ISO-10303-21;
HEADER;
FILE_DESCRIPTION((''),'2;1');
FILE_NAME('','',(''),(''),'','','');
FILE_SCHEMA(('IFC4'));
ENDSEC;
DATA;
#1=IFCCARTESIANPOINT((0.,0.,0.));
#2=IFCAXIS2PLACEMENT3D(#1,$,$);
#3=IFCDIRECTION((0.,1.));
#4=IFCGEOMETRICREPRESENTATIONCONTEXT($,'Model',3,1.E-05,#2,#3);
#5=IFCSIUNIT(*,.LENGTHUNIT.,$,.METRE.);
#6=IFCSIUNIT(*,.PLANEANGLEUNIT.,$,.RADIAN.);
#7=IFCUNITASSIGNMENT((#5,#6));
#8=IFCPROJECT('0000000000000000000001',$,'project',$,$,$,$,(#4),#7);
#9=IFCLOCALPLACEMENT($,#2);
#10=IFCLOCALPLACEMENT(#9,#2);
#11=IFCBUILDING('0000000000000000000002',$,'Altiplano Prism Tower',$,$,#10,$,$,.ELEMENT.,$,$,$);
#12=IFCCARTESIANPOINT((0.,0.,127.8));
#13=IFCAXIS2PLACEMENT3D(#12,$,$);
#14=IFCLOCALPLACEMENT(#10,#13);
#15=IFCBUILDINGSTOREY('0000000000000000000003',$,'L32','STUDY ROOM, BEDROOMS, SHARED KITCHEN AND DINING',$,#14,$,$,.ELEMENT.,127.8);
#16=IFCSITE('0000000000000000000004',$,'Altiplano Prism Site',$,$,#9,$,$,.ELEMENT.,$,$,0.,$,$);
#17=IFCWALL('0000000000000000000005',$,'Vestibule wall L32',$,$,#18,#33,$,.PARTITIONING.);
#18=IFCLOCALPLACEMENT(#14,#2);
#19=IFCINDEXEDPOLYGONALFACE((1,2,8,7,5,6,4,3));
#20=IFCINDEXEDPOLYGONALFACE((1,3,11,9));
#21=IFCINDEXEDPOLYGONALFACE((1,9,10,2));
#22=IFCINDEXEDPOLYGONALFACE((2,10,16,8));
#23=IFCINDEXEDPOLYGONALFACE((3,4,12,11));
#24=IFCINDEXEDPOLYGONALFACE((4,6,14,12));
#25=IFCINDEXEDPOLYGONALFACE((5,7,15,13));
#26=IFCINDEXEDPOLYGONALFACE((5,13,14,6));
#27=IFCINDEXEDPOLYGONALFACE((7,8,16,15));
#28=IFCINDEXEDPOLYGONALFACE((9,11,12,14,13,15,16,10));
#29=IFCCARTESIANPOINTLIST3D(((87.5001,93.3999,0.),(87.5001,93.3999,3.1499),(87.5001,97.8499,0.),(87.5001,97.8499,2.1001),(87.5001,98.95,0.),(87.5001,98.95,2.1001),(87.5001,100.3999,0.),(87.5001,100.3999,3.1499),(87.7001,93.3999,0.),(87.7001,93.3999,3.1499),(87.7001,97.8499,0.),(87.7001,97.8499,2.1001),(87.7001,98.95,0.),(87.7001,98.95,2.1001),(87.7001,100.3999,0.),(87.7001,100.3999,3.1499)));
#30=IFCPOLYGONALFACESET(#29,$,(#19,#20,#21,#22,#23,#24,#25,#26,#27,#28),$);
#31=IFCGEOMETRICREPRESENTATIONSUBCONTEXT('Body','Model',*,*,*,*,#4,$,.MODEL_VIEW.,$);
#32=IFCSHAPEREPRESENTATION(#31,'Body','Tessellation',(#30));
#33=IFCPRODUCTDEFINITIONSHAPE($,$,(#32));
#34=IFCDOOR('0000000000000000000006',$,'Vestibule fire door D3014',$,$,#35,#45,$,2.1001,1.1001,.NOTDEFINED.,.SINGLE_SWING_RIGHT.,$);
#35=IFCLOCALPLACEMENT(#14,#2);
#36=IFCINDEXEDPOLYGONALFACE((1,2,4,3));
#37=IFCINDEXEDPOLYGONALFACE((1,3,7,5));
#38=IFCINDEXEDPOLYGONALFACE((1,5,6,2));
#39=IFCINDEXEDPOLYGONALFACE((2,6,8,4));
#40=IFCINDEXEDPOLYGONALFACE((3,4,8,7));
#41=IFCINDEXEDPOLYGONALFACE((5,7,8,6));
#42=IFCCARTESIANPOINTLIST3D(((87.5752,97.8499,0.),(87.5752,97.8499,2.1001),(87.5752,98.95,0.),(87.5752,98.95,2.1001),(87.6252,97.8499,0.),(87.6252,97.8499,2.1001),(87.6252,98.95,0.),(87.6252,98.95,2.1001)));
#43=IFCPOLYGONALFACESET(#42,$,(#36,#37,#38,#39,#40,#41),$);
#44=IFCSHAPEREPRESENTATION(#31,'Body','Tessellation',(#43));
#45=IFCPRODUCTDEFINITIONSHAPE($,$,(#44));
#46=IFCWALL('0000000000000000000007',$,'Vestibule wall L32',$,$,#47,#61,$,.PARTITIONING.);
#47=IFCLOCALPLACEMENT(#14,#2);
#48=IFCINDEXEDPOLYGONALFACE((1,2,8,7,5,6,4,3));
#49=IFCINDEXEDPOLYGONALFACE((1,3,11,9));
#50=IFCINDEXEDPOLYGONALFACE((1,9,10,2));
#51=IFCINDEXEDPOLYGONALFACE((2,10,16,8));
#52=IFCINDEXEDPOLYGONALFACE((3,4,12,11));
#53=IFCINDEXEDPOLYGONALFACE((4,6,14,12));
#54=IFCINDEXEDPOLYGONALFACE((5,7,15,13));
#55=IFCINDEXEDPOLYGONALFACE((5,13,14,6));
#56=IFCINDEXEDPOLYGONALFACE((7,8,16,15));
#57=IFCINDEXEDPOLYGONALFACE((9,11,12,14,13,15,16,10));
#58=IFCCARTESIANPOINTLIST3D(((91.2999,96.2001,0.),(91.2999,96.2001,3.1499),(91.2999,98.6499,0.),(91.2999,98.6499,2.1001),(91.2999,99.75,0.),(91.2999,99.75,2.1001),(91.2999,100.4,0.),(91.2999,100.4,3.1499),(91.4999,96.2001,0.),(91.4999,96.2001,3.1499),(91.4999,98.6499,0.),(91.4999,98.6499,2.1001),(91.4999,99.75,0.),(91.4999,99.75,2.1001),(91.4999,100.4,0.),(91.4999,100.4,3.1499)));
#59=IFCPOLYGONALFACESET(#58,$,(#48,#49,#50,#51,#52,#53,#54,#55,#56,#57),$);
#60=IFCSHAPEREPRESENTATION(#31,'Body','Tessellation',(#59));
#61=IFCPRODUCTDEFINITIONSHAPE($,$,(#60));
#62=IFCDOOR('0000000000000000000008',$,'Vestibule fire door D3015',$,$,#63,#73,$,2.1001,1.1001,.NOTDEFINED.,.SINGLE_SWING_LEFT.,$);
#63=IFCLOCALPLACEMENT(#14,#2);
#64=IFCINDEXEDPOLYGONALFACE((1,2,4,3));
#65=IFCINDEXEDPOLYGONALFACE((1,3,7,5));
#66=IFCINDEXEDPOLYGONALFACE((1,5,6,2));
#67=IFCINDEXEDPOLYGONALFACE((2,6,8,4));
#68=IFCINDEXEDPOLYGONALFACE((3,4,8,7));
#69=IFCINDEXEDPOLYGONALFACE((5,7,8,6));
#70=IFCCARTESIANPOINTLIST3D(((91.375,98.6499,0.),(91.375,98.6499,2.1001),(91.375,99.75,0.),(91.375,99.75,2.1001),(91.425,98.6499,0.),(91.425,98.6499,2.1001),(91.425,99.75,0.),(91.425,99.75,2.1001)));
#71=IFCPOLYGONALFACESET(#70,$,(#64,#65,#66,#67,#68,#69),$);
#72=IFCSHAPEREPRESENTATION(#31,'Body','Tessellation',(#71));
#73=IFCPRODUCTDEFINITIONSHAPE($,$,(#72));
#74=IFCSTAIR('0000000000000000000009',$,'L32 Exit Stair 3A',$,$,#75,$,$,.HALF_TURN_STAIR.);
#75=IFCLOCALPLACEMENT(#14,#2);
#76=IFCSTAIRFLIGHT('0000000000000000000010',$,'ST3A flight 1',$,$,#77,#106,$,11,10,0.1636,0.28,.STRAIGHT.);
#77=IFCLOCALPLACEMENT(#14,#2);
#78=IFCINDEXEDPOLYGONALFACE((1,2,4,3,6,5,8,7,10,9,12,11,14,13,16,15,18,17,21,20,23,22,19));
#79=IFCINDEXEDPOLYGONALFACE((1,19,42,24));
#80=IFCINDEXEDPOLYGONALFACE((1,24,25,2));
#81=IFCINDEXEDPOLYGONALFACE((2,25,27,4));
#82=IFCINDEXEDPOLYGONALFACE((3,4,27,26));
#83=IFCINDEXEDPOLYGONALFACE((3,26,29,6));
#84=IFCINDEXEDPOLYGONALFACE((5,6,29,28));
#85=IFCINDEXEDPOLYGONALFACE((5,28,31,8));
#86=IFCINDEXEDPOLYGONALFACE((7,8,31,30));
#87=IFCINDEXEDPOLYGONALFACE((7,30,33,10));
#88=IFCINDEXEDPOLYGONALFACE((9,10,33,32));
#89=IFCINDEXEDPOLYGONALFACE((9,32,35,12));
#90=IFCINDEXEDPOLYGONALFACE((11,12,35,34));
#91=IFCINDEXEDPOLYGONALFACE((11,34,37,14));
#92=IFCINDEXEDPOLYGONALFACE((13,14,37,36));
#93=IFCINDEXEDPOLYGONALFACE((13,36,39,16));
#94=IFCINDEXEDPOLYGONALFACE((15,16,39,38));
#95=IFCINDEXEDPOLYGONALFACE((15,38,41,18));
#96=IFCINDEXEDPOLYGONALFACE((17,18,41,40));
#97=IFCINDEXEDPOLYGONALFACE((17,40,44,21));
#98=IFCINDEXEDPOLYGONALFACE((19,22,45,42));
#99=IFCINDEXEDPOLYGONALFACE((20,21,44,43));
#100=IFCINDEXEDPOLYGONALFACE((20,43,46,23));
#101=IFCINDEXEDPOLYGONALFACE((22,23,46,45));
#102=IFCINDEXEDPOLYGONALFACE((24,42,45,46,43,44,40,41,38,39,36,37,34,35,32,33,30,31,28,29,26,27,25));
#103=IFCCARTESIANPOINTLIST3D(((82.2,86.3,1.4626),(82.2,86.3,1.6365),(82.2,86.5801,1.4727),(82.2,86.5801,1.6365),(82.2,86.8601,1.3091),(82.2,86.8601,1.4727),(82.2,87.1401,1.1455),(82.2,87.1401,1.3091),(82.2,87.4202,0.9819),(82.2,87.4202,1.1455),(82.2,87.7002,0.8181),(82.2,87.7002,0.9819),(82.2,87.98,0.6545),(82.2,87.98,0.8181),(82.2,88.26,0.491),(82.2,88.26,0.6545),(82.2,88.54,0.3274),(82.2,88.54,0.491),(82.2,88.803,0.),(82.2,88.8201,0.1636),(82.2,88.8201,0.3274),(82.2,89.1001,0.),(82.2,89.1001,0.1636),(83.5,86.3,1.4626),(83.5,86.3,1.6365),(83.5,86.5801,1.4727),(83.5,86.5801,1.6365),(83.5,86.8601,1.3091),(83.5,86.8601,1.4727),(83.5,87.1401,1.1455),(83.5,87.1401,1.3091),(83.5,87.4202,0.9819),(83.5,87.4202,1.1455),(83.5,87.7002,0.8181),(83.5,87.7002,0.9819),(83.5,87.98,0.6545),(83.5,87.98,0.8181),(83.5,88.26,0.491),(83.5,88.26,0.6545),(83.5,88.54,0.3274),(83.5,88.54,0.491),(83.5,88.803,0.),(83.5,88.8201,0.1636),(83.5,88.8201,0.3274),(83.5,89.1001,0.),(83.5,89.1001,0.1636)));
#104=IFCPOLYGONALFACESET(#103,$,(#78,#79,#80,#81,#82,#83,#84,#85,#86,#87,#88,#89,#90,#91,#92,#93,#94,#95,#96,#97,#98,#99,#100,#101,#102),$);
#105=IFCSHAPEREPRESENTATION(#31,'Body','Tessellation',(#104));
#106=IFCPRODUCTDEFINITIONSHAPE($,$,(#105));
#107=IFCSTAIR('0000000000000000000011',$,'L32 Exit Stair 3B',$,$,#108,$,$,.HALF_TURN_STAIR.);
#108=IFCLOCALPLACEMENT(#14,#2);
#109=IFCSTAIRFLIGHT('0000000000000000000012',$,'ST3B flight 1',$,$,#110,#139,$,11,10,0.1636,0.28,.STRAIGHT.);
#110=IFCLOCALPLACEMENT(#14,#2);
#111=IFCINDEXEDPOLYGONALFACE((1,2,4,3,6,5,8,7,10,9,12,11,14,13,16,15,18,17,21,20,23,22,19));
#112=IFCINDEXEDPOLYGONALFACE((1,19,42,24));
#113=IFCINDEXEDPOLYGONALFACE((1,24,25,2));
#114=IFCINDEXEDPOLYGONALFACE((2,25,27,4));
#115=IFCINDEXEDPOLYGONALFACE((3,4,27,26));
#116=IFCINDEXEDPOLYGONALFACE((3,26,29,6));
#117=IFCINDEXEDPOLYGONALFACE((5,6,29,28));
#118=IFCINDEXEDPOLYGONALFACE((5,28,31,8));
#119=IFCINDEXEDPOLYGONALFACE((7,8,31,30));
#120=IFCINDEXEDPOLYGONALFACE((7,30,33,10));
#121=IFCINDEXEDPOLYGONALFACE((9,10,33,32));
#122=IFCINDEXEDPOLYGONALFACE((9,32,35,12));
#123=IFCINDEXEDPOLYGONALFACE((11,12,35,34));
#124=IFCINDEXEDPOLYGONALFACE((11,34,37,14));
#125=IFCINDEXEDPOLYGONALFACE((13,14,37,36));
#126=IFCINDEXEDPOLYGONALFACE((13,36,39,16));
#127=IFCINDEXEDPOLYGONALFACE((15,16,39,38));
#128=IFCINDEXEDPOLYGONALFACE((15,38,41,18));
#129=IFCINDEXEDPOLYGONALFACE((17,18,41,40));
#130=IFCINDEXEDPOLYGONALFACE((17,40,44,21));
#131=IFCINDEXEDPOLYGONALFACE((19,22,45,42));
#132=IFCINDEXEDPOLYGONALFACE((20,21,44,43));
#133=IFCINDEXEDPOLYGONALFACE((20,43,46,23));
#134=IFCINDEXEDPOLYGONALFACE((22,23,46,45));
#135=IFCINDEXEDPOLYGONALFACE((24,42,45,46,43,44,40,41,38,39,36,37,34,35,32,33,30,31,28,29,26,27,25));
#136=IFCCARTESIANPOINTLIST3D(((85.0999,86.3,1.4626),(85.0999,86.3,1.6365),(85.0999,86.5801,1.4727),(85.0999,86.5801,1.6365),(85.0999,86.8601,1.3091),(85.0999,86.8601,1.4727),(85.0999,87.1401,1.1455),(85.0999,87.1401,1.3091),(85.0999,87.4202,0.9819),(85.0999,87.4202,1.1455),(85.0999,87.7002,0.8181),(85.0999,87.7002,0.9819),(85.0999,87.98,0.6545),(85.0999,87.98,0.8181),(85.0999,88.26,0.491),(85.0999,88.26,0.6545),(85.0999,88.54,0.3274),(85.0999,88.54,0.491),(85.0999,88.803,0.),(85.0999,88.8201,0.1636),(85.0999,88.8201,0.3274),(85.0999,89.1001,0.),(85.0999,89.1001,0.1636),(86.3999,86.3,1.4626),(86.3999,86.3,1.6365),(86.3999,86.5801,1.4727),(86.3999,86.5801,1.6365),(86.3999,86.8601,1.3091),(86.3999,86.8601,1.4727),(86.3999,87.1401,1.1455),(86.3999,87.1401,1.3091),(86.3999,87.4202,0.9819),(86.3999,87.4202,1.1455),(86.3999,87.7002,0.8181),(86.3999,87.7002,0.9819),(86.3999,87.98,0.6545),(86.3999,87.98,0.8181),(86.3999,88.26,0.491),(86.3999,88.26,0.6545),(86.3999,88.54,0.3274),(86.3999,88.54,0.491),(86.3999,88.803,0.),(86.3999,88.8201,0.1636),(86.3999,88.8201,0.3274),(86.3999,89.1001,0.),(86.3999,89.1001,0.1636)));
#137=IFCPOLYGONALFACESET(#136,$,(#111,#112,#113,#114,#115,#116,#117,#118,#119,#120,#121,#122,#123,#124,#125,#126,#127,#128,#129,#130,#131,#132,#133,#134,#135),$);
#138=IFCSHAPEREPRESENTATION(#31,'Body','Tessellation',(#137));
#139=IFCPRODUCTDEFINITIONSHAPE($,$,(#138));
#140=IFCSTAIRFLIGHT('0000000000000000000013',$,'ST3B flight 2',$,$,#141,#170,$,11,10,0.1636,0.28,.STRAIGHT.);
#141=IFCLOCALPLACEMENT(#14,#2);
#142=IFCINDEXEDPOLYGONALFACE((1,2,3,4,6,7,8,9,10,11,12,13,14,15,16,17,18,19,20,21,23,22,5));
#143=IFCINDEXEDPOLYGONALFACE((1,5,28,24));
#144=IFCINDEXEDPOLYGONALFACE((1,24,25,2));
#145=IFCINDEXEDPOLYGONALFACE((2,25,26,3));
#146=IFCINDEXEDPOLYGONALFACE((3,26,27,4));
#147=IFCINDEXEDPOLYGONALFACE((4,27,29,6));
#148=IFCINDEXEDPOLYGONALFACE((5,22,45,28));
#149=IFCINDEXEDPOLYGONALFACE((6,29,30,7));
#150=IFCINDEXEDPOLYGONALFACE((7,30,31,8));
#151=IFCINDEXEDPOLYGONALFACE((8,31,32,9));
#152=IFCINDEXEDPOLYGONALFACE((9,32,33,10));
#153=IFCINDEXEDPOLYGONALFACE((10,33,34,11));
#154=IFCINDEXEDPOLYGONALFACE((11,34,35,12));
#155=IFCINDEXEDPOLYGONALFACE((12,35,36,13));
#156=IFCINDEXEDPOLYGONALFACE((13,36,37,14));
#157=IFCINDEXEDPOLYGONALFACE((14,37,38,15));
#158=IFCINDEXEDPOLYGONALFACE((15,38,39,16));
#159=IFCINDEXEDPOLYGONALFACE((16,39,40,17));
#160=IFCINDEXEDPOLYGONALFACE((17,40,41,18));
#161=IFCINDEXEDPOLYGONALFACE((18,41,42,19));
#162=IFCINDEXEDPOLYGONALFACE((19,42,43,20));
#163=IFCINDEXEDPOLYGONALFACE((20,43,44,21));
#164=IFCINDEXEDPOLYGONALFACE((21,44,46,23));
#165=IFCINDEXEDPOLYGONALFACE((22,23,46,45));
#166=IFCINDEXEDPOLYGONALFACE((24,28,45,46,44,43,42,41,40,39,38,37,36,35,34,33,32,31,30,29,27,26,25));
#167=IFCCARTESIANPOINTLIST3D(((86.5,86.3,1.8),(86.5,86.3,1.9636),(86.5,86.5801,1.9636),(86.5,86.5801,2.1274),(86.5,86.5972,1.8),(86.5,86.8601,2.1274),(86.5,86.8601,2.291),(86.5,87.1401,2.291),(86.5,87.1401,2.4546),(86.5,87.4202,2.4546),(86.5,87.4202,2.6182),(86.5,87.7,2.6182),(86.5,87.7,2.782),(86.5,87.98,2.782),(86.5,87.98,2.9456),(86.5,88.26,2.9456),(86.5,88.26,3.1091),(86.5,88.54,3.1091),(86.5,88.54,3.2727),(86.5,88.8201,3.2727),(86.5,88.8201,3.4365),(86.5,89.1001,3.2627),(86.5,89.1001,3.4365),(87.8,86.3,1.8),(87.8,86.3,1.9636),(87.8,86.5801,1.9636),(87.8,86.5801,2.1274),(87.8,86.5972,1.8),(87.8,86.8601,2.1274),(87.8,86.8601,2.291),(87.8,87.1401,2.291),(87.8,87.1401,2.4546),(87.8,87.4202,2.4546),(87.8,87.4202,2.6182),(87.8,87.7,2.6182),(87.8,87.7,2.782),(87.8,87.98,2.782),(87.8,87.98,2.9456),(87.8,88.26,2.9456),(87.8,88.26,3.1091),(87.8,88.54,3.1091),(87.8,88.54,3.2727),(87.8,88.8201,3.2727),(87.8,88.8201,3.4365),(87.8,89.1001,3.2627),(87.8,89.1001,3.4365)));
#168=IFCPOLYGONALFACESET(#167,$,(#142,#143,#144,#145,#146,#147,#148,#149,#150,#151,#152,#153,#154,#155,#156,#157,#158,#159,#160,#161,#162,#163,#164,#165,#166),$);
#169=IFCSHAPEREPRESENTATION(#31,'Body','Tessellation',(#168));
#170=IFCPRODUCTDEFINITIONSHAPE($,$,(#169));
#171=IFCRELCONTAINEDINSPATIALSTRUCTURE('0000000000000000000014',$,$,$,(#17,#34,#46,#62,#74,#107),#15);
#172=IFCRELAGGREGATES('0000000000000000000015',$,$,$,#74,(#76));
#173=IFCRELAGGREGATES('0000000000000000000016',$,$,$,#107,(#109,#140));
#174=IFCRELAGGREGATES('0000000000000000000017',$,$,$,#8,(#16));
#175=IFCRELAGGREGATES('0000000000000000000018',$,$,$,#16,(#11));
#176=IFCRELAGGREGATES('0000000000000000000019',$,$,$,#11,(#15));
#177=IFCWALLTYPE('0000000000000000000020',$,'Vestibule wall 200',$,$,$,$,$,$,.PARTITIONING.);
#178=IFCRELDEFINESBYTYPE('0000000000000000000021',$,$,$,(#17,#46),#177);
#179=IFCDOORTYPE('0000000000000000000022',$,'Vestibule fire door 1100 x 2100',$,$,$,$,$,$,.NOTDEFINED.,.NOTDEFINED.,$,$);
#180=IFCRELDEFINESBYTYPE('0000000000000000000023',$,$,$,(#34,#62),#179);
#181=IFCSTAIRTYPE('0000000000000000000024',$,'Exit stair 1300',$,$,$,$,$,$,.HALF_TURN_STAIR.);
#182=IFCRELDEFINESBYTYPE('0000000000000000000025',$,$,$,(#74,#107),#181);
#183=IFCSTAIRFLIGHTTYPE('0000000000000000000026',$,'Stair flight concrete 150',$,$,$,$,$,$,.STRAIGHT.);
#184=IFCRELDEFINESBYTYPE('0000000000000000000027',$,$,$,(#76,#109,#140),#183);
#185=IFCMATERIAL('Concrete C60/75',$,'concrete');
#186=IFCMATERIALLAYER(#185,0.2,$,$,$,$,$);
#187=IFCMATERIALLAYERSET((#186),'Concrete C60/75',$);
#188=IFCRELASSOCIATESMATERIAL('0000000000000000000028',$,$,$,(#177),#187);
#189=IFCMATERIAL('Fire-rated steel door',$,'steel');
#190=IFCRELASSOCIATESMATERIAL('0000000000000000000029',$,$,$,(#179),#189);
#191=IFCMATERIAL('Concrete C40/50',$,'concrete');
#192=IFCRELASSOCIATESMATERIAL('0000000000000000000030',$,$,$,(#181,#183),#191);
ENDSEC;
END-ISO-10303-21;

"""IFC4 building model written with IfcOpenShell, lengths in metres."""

from ifc_helpers import new_model, si_unit, direction, frame, frame_2d, origin, place, context, subcontext, project, spatial, polyline, rectangle, outline, extrude, material, layer, layer_set, type_object, element, fill, aggregate, save


model = new_model("IFC4")

# Units and contexts
model_context = context("Model", 3, precision=1e-05, world=origin(), true_north=direction((0.0, 1.0)))
body_context = subcontext(model_context, "Body", "Model", "MODEL_VIEW")
ifc_project = project(units=[si_unit("LENGTHUNIT", "METRE"), si_unit("PLANEANGLEUNIT", "RADIAN")], contexts=[model_context])

# Site, building, storey
site_placement = place(None, origin())
site = spatial("IfcSite", under=ifc_project, at=site_placement, Name="Altiplano Prism Site", CompositionType="ELEMENT", RefElevation=0.0)
building_placement = place(site_placement, origin())
building = spatial("IfcBuilding", under=site, at=building_placement, Name="Altiplano Prism Tower", CompositionType="ELEMENT")
storey_placement = place(building_placement, frame((0.0, 0.0, 127.8)))
storey = spatial("IfcBuildingStorey", under=building, at=storey_placement, Name="L32", Description="STUDY ROOM, BEDROOMS, SHARED KITCHEN AND DINING", CompositionType="ELEMENT", Elevation=127.8)

# Shared definitions
ifc_material_1 = material(Name="Concrete C60/75", Category="concrete")

# Shared definitions
ifc_material_2 = material(Name="Fire-rated steel door", Category="steel")

# Walls, openings, doors
ifc_layer_1 = layer(ifc_material_1, 0.2)
ifc_layer_set_1 = layer_set([ifc_layer_1], Name="Concrete C60/75")
wall_type_1 = type_object("IfcWallType", Name="Vestibule wall 200", PredefinedType="PARTITIONING", material=ifc_layer_set_1)
wall_1_placement = place(storey_placement, frame((87.6001, 93.3999, 0.0), z_axis=(0.0, 0.0, 1.0), x_axis=(0.0, 1.0, 0.0)))
wall_1 = element("IfcWall", 1, at=wall_1_placement, inside=storey, type_object=wall_type_1, Name="Vestibule wall L32", PredefinedType="PARTITIONING", context=body_context, shape_type="SweptSolid", body=[
    extrude(rectangle(XDim=7.0, YDim=0.2, at=frame_2d((3.5, 0.0))), origin(), (0.0, 0.0, 1.0), 3.1499),
])
opening_1_placement = place(wall_1_placement, frame((4.45, 0.0, 0.0)))
opening_1 = element("IfcOpeningElement", 2, at=opening_1_placement, cuts=wall_1, PredefinedType="OPENING", context=body_context, shape_type="SweptSolid", body=[
    extrude(rectangle(XDim=1.1001, YDim=2.1001, at=frame_2d((0.55, 1.05))), frame((0.0, 0.1104, 0.0), z_axis=(0.0, -1.0, 0.0), x_axis=(1.0, 0.0, 0.0)), (0.0, 0.0, 1.0), 0.2209),
])
door_type_1 = type_object("IfcDoorType", Name="Vestibule fire door 1100 x 2100", OperationType="NOTDEFINED", PredefinedType="NOTDEFINED", material=ifc_material_2)
door_1_placement = place(opening_1_placement, origin())
door_1 = element("IfcDoor", 3, at=door_1_placement, inside=storey, type_object=door_type_1, Name="Vestibule fire door D3014", OperationType="SINGLE_SWING_RIGHT", OverallHeight=2.1001, OverallWidth=1.1001, PredefinedType="NOTDEFINED", context=body_context, shape_type="SweptSolid", body=[
    extrude(rectangle(XDim=1.1001, YDim=2.1001, at=frame_2d((0.55, 1.05))), frame((0.0, 0.0249, 0.0), z_axis=(0.0, -1.0, 0.0), x_axis=(1.0, 0.0, 0.0)), (0.0, 0.0, 1.0), 0.05),
])
fill(opening_1, door_1)
wall_2_placement = place(storey_placement, frame((91.3999, 96.2, 0.0), z_axis=(0.0, 0.0, 1.0), x_axis=(0.0, 1.0, 0.0)))
wall_2 = element("IfcWall", 4, at=wall_2_placement, inside=storey, type_object=wall_type_1, Name="Vestibule wall L32", PredefinedType="PARTITIONING", context=body_context, shape_type="SweptSolid", body=[
    extrude(rectangle(XDim=4.2, YDim=0.2, at=frame_2d((2.1001, 0.0))), origin(), (0.0, 0.0, 1.0), 3.1499),
])
opening_2_placement = place(wall_2_placement, frame((2.45, 0.0, 0.0)))
opening_2 = element("IfcOpeningElement", 5, at=opening_2_placement, cuts=wall_2, PredefinedType="OPENING", context=body_context, shape_type="SweptSolid", body=[
    extrude(rectangle(XDim=1.1001, YDim=2.1001, at=frame_2d((0.55, 1.05))), frame((0.0, 0.1104, 0.0), z_axis=(0.0, -1.0, 0.0), x_axis=(1.0, 0.0, 0.0)), (0.0, 0.0, 1.0), 0.2209),
])
door_2_placement = place(opening_2_placement, origin())
door_2 = element("IfcDoor", 6, at=door_2_placement, inside=storey, type_object=door_type_1, Name="Vestibule fire door D3015", OperationType="SINGLE_SWING_LEFT", OverallHeight=2.1001, OverallWidth=1.1001, PredefinedType="NOTDEFINED", context=body_context, shape_type="SweptSolid", body=[
    extrude(rectangle(XDim=1.1001, YDim=2.1001, at=frame_2d((0.55, 1.05))), frame((0.0, 0.0249, 0.0), z_axis=(0.0, -1.0, 0.0), x_axis=(1.0, 0.0, 0.0)), (0.0, 0.0, 1.0), 0.05),
])
fill(opening_2, door_2)

# Stair, stair flight
ifc_material_3 = material(Name="Concrete C40/50", Category="concrete")
stair_type = type_object("IfcStairType", Name="Exit stair 1300", PredefinedType="HALF_TURN_STAIR", material=ifc_material_3)
stair_1_placement = place(storey_placement, origin())
stair_1 = element("IfcStair", 7, at=stair_1_placement, inside=storey, type_object=stair_type, Name="L32 Exit Stair 3A", PredefinedType="HALF_TURN_STAIR")
stair_flight_type = type_object("IfcStairFlightType", Name="Stair flight concrete 150", PredefinedType="STRAIGHT", material=ifc_material_3)
stair_flight_1_placement = place(storey_placement, frame((82.8501, 89.1001, 0.0), z_axis=(0.0, 0.0, 1.0), x_axis=(0.0, -1.0, 0.0)))
stair_flight_1 = element("IfcStairFlight", 8, at=stair_flight_1_placement, type_object=stair_flight_type, Name="ST3A flight 1", NumberOfRisers=11, NumberOfTreads=10, PredefinedType="STRAIGHT", RiserHeight=0.1636, TreadLength=0.28, context=body_context, shape_type="SweptSolid", body=[
    extrude(outline(polyline([(0.0, 0.0), (0.0, 0.1636), (0.28, 0.1636), (0.28, 0.3274), (0.5601, 0.3274), (0.5601, 0.491), (0.8401, 0.491), (0.8401, 0.6545), (1.1201, 0.6545), (1.1201, 0.8181), (1.3999, 0.8181), (1.3999, 0.9819), (1.6799, 0.9819), (1.6799, 1.1455), (1.96, 1.1455), (1.96, 1.3091), (2.24, 1.3091), (2.24, 1.4727), (2.52, 1.4727), (2.52, 1.6365), (2.8, 1.6365), (2.8, 1.8), (2.8, 1.4626), (0.2971, 0.0), (0.0, 0.0)])), frame((0.0, 0.6499, 0.0), z_axis=(0.0, -1.0, 0.0), x_axis=(1.0, 0.0, 0.0)), (0.0, 0.0, 1.0), 1.3),
])
aggregate(stair_1, [stair_flight_1])

# Stair, stair flights
stair_2_placement = place(storey_placement, origin())
stair_2 = element("IfcStair", 9, at=stair_2_placement, inside=storey, type_object=stair_type, Name="L32 Exit Stair 3B", PredefinedType="HALF_TURN_STAIR")
stair_flight_2_placement = place(storey_placement, frame((85.75, 89.1001, 0.0), z_axis=(0.0, 0.0, 1.0), x_axis=(0.0, -1.0, 0.0)))
stair_flight_2 = element("IfcStairFlight", 10, at=stair_flight_2_placement, type_object=stair_flight_type, Name="ST3B flight 1", NumberOfRisers=11, NumberOfTreads=10, PredefinedType="STRAIGHT", RiserHeight=0.1636, TreadLength=0.28, context=body_context, shape_type="SweptSolid", body=[
    extrude(outline(polyline([(0.0, 0.0), (0.0, 0.1636), (0.28, 0.1636), (0.28, 0.3274), (0.5601, 0.3274), (0.5601, 0.491), (0.8401, 0.491), (0.8401, 0.6545), (1.1201, 0.6545), (1.1201, 0.8181), (1.3999, 0.8181), (1.3999, 0.9819), (1.6799, 0.9819), (1.6799, 1.1455), (1.96, 1.1455), (1.96, 1.3091), (2.24, 1.3091), (2.24, 1.4727), (2.52, 1.4727), (2.52, 1.6365), (2.8, 1.6365), (2.8, 1.8), (2.8, 1.4626), (0.2971, 0.0), (0.0, 0.0)])), frame((0.0, 0.6499, 0.0), z_axis=(0.0, -1.0, 0.0), x_axis=(1.0, 0.0, 0.0)), (0.0, 0.0, 1.0), 1.3),
])
stair_flight_3_placement = place(storey_placement, frame((87.1499, 86.3, 1.8), z_axis=(0.0, 0.0, 1.0), x_axis=(0.0, 1.0, 0.0)))
stair_flight_3 = element("IfcStairFlight", 11, at=stair_flight_3_placement, type_object=stair_flight_type, Name="ST3B flight 2", NumberOfRisers=11, NumberOfTreads=10, PredefinedType="STRAIGHT", RiserHeight=0.1636, TreadLength=0.28, context=body_context, shape_type="SweptSolid", body=[
    extrude(outline(polyline([(0.0, 0.0), (0.0, 0.1636), (0.28, 0.1636), (0.28, 0.3274), (0.5601, 0.3274), (0.5601, 0.491), (0.8401, 0.491), (0.8401, 0.6545), (1.1201, 0.6545), (1.1201, 0.8181), (1.3999, 0.8181), (1.3999, 0.9819), (1.6799, 0.9819), (1.6799, 1.1455), (1.96, 1.1455), (1.96, 1.3091), (2.24, 1.3091), (2.24, 1.4727), (2.52, 1.4727), (2.52, 1.6365), (2.8, 1.6365), (2.8, 1.8), (2.8, 1.4626), (0.2971, 0.0), (0.0, 0.0)])), frame((0.0, 0.6499, 0.0), z_axis=(0.0, -1.0, 0.0), x_axis=(1.0, 0.0, 0.0)), (0.0, 0.0, 1.0), 1.3),
])
aggregate(stair_2, [stair_flight_2, stair_flight_3])

save(model, "model.ifc")
